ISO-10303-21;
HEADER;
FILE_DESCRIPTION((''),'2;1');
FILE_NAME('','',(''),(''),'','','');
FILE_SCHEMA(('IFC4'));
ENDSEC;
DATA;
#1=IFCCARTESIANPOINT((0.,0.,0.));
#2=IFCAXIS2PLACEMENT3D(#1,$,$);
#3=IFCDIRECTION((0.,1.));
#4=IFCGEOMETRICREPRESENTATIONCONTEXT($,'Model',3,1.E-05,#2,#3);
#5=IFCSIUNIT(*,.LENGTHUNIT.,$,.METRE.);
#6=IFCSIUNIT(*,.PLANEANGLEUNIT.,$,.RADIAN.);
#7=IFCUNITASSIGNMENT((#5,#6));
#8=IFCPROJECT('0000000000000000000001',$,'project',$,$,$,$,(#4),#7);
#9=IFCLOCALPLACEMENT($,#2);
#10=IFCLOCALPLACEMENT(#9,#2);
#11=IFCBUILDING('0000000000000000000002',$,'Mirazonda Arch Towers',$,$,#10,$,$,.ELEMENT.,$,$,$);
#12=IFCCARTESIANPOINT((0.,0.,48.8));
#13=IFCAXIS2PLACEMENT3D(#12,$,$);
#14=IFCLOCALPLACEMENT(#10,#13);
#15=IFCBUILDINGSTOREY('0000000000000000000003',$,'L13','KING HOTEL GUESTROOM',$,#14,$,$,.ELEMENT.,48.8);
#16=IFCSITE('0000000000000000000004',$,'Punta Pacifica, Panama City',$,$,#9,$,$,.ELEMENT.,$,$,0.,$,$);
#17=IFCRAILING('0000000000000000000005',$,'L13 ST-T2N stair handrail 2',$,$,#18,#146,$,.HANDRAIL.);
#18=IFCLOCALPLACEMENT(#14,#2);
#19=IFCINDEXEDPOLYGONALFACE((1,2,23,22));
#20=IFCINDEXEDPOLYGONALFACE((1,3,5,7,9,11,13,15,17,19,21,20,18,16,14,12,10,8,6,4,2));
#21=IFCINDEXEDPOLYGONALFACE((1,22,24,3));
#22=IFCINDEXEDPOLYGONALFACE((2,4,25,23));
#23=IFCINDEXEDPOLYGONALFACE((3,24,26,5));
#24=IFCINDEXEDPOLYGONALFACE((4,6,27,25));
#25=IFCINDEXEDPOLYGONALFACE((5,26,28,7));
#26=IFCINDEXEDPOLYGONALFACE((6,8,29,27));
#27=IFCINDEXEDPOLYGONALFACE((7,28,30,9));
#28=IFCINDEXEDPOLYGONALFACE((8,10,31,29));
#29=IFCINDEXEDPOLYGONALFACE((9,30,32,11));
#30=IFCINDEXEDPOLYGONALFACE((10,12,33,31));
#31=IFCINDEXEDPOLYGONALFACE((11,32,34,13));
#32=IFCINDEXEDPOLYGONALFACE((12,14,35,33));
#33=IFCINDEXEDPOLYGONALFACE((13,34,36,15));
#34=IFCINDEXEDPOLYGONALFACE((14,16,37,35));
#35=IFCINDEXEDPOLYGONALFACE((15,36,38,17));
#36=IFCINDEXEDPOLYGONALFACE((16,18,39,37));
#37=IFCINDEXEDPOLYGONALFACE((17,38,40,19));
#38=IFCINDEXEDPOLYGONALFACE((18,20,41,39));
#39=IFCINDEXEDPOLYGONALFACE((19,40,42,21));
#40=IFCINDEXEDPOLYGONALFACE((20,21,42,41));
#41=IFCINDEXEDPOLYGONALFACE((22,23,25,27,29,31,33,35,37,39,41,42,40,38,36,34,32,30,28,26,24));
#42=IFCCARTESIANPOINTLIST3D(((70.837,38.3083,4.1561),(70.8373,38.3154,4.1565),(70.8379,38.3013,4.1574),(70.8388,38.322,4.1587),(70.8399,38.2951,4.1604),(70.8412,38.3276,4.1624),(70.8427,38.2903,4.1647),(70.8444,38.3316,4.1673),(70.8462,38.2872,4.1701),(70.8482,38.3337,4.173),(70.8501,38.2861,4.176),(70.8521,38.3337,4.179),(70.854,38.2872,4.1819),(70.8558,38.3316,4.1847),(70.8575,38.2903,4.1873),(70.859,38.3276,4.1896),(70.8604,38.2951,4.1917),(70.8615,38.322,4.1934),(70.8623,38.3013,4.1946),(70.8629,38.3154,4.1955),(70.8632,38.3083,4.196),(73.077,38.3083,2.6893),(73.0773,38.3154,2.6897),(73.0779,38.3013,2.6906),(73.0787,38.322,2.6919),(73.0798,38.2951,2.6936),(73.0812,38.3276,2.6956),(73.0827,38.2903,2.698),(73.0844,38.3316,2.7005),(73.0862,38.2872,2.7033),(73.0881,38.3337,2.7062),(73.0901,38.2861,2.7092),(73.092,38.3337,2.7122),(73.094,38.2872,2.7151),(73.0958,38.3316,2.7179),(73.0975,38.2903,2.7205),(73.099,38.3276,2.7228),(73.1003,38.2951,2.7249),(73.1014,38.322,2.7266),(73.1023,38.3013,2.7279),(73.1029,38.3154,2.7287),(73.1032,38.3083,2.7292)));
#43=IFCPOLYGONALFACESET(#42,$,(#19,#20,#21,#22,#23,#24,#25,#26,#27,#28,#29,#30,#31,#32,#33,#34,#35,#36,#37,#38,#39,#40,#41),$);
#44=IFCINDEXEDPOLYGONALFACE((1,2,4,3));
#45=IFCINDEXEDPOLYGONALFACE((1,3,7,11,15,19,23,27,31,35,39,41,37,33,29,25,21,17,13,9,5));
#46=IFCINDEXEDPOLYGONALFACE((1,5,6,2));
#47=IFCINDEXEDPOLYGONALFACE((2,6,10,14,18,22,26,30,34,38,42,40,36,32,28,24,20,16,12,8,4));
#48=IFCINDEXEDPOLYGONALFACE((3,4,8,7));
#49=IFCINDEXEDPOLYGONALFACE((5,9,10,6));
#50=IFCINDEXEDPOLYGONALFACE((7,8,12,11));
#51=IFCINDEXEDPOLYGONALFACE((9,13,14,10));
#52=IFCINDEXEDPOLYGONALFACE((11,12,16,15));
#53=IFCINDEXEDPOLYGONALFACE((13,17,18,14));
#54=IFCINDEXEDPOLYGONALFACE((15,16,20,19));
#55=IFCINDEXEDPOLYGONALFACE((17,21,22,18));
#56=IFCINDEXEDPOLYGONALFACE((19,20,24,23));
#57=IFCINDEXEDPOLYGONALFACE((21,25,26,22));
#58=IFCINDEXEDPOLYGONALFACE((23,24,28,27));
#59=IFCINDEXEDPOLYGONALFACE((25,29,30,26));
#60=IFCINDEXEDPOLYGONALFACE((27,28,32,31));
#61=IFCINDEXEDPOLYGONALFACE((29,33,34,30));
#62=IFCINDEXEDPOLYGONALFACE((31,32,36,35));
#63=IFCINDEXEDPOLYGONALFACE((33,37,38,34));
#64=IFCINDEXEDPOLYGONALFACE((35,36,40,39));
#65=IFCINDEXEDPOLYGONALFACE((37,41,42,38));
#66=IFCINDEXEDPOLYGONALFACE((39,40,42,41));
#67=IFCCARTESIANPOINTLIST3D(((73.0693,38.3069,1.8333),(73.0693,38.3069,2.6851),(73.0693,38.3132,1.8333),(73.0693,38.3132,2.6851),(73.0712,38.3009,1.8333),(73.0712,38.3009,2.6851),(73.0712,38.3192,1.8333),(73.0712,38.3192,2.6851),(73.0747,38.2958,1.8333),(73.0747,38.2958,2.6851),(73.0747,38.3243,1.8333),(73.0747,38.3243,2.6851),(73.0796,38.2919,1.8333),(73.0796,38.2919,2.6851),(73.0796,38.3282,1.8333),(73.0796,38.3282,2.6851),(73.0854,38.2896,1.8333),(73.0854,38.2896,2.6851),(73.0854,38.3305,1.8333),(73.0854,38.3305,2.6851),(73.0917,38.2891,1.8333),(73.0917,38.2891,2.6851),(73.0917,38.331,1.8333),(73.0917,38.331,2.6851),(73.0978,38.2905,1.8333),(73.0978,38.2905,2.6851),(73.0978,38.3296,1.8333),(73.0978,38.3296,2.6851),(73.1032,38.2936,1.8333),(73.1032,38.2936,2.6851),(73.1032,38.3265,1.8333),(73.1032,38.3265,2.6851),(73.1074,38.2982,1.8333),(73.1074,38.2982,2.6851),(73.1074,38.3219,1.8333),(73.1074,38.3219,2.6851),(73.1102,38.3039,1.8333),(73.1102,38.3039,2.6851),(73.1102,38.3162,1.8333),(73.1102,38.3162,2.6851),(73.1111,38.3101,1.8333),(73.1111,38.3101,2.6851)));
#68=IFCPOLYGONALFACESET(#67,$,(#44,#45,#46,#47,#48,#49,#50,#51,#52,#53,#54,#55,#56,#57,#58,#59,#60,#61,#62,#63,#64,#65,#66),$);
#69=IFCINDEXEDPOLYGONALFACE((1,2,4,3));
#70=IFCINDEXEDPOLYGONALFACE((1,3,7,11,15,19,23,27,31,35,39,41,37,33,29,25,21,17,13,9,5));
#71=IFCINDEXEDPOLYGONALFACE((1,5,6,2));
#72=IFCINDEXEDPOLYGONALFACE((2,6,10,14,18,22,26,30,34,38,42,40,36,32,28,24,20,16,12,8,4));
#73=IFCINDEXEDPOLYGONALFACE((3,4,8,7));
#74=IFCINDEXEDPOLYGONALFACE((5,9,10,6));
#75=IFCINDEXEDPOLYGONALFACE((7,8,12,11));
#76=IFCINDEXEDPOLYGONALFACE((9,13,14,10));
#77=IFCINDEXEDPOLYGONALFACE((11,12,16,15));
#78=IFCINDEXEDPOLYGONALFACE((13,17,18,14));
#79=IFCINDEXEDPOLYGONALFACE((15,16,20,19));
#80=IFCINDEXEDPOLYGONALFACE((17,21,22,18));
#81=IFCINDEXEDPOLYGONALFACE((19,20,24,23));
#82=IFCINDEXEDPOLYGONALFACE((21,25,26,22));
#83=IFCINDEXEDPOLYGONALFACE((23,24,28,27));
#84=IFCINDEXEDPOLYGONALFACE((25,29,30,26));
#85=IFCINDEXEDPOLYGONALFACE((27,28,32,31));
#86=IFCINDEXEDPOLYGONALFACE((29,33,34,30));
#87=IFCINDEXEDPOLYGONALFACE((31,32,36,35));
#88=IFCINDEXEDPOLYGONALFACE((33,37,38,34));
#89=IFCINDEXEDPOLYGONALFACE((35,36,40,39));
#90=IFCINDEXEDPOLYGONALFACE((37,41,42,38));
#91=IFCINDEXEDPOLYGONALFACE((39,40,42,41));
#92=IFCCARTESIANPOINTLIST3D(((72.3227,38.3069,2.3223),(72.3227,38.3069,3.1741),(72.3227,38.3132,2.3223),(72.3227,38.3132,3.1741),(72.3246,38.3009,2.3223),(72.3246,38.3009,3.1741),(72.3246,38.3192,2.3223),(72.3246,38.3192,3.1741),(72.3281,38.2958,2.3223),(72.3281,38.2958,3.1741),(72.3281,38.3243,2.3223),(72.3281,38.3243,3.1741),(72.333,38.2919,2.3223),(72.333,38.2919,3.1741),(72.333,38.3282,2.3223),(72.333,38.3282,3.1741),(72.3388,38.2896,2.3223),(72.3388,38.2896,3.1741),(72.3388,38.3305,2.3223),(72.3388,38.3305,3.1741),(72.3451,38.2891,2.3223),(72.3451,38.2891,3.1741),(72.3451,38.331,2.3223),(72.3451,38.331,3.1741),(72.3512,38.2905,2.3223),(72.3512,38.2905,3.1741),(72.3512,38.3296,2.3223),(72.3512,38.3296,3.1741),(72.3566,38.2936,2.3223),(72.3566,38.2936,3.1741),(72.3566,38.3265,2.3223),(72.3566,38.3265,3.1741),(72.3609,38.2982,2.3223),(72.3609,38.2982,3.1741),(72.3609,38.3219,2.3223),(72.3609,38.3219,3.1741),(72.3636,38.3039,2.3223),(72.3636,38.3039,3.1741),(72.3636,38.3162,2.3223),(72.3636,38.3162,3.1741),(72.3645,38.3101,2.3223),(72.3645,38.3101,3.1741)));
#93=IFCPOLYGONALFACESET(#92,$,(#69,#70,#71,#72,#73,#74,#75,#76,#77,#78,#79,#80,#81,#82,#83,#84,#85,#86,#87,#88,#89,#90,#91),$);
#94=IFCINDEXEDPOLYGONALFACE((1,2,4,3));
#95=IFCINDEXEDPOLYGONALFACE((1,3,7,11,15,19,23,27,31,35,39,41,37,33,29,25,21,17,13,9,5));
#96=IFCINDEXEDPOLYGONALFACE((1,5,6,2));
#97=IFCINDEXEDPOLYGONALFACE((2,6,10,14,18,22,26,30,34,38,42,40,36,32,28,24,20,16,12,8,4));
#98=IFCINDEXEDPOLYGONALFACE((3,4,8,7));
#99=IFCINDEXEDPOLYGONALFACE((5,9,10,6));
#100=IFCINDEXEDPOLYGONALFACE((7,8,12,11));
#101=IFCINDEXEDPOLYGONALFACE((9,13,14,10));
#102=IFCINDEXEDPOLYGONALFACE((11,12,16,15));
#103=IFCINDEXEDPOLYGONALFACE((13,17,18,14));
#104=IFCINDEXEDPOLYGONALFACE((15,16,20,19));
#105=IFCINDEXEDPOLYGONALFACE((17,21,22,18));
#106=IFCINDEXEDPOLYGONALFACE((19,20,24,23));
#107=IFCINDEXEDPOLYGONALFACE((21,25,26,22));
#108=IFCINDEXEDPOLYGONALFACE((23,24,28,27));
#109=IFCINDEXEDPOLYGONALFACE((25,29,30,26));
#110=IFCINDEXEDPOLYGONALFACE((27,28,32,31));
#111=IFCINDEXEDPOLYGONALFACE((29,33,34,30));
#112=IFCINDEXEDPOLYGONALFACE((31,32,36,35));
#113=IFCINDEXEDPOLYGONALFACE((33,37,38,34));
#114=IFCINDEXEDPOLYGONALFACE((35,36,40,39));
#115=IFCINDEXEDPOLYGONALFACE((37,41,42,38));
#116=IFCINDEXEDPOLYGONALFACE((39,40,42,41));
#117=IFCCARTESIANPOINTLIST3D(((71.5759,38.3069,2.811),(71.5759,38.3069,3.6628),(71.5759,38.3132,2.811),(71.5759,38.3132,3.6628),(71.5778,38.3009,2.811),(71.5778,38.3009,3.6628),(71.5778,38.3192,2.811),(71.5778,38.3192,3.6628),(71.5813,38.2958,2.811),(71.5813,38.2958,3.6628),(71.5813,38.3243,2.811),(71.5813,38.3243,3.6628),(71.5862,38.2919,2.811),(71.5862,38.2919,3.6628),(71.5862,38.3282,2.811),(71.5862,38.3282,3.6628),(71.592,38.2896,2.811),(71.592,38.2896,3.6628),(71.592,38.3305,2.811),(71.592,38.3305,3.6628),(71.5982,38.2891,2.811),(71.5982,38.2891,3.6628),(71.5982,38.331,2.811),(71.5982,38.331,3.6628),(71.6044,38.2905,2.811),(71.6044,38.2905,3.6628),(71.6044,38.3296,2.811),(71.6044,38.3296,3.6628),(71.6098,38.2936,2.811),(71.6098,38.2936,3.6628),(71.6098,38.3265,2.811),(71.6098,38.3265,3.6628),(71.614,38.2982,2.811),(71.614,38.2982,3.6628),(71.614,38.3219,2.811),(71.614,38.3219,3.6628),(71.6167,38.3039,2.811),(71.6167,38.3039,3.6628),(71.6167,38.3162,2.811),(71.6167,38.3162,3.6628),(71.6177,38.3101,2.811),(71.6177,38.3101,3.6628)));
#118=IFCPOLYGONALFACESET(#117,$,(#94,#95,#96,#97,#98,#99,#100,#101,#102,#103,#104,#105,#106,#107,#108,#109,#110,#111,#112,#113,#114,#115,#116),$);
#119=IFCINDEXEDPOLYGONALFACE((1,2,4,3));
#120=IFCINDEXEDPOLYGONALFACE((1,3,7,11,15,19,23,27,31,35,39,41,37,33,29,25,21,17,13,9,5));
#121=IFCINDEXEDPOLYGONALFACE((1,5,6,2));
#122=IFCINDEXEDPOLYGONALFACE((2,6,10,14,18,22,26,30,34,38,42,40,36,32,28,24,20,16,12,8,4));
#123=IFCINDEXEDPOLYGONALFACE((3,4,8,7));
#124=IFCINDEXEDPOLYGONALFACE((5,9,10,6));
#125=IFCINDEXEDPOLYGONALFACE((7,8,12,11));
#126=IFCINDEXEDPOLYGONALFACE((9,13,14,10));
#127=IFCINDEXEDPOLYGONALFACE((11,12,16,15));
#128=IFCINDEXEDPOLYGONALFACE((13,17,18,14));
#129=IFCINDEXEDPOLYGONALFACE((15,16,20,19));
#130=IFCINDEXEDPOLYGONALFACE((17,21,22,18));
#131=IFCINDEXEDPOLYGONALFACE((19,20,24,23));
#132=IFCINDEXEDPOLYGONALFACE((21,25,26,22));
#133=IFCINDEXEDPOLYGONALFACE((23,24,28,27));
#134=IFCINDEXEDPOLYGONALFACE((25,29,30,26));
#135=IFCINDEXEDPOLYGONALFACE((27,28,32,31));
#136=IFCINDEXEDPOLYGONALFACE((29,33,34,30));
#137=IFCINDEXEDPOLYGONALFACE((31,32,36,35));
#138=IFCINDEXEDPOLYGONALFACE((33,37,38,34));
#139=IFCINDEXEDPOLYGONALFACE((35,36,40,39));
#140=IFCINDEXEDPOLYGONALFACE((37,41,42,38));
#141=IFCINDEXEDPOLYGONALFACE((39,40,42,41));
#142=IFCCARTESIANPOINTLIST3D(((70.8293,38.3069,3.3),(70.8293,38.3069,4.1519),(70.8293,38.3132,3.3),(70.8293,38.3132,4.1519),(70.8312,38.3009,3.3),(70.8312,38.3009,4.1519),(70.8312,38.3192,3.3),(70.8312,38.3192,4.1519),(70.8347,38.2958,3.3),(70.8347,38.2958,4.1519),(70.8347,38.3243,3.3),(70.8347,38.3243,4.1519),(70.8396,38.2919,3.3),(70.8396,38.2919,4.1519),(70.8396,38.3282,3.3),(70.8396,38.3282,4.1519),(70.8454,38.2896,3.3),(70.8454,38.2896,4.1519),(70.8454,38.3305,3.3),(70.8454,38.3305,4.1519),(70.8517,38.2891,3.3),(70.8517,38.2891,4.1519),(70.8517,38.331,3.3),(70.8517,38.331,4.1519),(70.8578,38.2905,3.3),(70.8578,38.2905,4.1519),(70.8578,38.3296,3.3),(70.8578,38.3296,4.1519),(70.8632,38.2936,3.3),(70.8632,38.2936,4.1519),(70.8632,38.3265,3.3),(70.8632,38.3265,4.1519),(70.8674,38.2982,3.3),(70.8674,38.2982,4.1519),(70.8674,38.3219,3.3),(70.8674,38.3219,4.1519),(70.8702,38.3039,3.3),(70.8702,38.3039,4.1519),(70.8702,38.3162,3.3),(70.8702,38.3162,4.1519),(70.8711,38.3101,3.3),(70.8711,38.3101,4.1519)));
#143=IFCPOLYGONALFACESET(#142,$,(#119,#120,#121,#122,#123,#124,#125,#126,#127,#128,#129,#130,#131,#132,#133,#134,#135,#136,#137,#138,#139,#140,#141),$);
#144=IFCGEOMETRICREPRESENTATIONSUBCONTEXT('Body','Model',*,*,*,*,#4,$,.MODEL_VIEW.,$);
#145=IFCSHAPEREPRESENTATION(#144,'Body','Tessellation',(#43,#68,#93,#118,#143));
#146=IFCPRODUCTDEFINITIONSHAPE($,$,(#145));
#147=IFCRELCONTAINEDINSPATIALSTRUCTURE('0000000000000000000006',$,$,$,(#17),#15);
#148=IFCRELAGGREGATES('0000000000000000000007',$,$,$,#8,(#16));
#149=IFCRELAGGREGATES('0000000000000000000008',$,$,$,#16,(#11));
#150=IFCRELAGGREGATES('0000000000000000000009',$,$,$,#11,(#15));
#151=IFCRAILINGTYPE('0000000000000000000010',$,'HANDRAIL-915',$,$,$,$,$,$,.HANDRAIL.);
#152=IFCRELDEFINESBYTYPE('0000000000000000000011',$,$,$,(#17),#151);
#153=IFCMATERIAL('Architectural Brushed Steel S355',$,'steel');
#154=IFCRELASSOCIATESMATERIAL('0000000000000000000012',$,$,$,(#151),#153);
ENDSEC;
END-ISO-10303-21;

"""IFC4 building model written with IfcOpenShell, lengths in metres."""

from ifc_helpers import new_model, si_unit, direction, frame, origin, origin_2d, place, context, subcontext, project, spatial, circle, extrude, material, type_object, element, save


model = new_model("IFC4")

# Units and contexts
model_context = context("Model", 3, precision=1e-05, world=origin(), true_north=direction((0.0, 1.0)))
body_context = subcontext(model_context, "Body", "Model", "MODEL_VIEW")
ifc_project = project(units=[si_unit("LENGTHUNIT", "METRE"), si_unit("PLANEANGLEUNIT", "RADIAN")], contexts=[model_context])

# Site, building, storey
site_placement = place(None, origin())
site = spatial("IfcSite", under=ifc_project, at=site_placement, Name="Punta Pacifica, Panama City", CompositionType="ELEMENT", RefElevation=0.0)
building_placement = place(site_placement, origin())
building = spatial("IfcBuilding", under=site, at=building_placement, Name="Mirazonda Arch Towers", CompositionType="ELEMENT")
storey_placement = place(building_placement, frame((0.0, 0.0, 48.8)))
storey = spatial("IfcBuildingStorey", under=building, at=storey_placement, Name="L13", Description="KING HOTEL GUESTROOM", CompositionType="ELEMENT", Elevation=48.8)

# Shared definitions
ifc_material_1 = material(Name="Architectural Brushed Steel S355", Category="steel")

# Railing
railing_type_1 = type_object("IfcRailingType", Name="HANDRAIL-915", PredefinedType="HANDRAIL", material=ifc_material_1)
railing_1_placement = place(storey_placement, frame((73.0901, 38.3101, 1.8333)))
element("IfcRailing", 1, at=railing_1_placement, inside=storey, type_object=railing_type_1, Name="L13 ST-T2N stair handrail 2", PredefinedType="HANDRAIL", context=body_context, shape_type="SweptSolid", body=[
    extrude(circle(Radius=0.0239, at=origin_2d()), frame((0.0, 0.0, 0.876), z_axis=(-0.836595, 0.0, 0.547822), x_axis=(0.0, -1.0, 0.0)), (0.0, 0.0, 1.0), 2.6775),
    extrude(circle(Radius=0.021, at=origin_2d()), origin(), (0.0, 0.0, 1.0), 0.8518),
    extrude(circle(Radius=0.021, at=origin_2d()), frame((-0.7466, 0.0, 0.489)), (0.0, 0.0, 1.0), 0.8518),
    extrude(circle(Radius=0.021, at=origin_2d()), frame((-1.4934, 0.0, 0.9778)), (0.0, 0.0, 1.0), 0.8518),
    extrude(circle(Radius=0.021, at=origin_2d()), frame((-2.24, 0.0, 1.4668)), (0.0, 0.0, 1.0), 0.8518),
])

save(model, "model.ifc")
